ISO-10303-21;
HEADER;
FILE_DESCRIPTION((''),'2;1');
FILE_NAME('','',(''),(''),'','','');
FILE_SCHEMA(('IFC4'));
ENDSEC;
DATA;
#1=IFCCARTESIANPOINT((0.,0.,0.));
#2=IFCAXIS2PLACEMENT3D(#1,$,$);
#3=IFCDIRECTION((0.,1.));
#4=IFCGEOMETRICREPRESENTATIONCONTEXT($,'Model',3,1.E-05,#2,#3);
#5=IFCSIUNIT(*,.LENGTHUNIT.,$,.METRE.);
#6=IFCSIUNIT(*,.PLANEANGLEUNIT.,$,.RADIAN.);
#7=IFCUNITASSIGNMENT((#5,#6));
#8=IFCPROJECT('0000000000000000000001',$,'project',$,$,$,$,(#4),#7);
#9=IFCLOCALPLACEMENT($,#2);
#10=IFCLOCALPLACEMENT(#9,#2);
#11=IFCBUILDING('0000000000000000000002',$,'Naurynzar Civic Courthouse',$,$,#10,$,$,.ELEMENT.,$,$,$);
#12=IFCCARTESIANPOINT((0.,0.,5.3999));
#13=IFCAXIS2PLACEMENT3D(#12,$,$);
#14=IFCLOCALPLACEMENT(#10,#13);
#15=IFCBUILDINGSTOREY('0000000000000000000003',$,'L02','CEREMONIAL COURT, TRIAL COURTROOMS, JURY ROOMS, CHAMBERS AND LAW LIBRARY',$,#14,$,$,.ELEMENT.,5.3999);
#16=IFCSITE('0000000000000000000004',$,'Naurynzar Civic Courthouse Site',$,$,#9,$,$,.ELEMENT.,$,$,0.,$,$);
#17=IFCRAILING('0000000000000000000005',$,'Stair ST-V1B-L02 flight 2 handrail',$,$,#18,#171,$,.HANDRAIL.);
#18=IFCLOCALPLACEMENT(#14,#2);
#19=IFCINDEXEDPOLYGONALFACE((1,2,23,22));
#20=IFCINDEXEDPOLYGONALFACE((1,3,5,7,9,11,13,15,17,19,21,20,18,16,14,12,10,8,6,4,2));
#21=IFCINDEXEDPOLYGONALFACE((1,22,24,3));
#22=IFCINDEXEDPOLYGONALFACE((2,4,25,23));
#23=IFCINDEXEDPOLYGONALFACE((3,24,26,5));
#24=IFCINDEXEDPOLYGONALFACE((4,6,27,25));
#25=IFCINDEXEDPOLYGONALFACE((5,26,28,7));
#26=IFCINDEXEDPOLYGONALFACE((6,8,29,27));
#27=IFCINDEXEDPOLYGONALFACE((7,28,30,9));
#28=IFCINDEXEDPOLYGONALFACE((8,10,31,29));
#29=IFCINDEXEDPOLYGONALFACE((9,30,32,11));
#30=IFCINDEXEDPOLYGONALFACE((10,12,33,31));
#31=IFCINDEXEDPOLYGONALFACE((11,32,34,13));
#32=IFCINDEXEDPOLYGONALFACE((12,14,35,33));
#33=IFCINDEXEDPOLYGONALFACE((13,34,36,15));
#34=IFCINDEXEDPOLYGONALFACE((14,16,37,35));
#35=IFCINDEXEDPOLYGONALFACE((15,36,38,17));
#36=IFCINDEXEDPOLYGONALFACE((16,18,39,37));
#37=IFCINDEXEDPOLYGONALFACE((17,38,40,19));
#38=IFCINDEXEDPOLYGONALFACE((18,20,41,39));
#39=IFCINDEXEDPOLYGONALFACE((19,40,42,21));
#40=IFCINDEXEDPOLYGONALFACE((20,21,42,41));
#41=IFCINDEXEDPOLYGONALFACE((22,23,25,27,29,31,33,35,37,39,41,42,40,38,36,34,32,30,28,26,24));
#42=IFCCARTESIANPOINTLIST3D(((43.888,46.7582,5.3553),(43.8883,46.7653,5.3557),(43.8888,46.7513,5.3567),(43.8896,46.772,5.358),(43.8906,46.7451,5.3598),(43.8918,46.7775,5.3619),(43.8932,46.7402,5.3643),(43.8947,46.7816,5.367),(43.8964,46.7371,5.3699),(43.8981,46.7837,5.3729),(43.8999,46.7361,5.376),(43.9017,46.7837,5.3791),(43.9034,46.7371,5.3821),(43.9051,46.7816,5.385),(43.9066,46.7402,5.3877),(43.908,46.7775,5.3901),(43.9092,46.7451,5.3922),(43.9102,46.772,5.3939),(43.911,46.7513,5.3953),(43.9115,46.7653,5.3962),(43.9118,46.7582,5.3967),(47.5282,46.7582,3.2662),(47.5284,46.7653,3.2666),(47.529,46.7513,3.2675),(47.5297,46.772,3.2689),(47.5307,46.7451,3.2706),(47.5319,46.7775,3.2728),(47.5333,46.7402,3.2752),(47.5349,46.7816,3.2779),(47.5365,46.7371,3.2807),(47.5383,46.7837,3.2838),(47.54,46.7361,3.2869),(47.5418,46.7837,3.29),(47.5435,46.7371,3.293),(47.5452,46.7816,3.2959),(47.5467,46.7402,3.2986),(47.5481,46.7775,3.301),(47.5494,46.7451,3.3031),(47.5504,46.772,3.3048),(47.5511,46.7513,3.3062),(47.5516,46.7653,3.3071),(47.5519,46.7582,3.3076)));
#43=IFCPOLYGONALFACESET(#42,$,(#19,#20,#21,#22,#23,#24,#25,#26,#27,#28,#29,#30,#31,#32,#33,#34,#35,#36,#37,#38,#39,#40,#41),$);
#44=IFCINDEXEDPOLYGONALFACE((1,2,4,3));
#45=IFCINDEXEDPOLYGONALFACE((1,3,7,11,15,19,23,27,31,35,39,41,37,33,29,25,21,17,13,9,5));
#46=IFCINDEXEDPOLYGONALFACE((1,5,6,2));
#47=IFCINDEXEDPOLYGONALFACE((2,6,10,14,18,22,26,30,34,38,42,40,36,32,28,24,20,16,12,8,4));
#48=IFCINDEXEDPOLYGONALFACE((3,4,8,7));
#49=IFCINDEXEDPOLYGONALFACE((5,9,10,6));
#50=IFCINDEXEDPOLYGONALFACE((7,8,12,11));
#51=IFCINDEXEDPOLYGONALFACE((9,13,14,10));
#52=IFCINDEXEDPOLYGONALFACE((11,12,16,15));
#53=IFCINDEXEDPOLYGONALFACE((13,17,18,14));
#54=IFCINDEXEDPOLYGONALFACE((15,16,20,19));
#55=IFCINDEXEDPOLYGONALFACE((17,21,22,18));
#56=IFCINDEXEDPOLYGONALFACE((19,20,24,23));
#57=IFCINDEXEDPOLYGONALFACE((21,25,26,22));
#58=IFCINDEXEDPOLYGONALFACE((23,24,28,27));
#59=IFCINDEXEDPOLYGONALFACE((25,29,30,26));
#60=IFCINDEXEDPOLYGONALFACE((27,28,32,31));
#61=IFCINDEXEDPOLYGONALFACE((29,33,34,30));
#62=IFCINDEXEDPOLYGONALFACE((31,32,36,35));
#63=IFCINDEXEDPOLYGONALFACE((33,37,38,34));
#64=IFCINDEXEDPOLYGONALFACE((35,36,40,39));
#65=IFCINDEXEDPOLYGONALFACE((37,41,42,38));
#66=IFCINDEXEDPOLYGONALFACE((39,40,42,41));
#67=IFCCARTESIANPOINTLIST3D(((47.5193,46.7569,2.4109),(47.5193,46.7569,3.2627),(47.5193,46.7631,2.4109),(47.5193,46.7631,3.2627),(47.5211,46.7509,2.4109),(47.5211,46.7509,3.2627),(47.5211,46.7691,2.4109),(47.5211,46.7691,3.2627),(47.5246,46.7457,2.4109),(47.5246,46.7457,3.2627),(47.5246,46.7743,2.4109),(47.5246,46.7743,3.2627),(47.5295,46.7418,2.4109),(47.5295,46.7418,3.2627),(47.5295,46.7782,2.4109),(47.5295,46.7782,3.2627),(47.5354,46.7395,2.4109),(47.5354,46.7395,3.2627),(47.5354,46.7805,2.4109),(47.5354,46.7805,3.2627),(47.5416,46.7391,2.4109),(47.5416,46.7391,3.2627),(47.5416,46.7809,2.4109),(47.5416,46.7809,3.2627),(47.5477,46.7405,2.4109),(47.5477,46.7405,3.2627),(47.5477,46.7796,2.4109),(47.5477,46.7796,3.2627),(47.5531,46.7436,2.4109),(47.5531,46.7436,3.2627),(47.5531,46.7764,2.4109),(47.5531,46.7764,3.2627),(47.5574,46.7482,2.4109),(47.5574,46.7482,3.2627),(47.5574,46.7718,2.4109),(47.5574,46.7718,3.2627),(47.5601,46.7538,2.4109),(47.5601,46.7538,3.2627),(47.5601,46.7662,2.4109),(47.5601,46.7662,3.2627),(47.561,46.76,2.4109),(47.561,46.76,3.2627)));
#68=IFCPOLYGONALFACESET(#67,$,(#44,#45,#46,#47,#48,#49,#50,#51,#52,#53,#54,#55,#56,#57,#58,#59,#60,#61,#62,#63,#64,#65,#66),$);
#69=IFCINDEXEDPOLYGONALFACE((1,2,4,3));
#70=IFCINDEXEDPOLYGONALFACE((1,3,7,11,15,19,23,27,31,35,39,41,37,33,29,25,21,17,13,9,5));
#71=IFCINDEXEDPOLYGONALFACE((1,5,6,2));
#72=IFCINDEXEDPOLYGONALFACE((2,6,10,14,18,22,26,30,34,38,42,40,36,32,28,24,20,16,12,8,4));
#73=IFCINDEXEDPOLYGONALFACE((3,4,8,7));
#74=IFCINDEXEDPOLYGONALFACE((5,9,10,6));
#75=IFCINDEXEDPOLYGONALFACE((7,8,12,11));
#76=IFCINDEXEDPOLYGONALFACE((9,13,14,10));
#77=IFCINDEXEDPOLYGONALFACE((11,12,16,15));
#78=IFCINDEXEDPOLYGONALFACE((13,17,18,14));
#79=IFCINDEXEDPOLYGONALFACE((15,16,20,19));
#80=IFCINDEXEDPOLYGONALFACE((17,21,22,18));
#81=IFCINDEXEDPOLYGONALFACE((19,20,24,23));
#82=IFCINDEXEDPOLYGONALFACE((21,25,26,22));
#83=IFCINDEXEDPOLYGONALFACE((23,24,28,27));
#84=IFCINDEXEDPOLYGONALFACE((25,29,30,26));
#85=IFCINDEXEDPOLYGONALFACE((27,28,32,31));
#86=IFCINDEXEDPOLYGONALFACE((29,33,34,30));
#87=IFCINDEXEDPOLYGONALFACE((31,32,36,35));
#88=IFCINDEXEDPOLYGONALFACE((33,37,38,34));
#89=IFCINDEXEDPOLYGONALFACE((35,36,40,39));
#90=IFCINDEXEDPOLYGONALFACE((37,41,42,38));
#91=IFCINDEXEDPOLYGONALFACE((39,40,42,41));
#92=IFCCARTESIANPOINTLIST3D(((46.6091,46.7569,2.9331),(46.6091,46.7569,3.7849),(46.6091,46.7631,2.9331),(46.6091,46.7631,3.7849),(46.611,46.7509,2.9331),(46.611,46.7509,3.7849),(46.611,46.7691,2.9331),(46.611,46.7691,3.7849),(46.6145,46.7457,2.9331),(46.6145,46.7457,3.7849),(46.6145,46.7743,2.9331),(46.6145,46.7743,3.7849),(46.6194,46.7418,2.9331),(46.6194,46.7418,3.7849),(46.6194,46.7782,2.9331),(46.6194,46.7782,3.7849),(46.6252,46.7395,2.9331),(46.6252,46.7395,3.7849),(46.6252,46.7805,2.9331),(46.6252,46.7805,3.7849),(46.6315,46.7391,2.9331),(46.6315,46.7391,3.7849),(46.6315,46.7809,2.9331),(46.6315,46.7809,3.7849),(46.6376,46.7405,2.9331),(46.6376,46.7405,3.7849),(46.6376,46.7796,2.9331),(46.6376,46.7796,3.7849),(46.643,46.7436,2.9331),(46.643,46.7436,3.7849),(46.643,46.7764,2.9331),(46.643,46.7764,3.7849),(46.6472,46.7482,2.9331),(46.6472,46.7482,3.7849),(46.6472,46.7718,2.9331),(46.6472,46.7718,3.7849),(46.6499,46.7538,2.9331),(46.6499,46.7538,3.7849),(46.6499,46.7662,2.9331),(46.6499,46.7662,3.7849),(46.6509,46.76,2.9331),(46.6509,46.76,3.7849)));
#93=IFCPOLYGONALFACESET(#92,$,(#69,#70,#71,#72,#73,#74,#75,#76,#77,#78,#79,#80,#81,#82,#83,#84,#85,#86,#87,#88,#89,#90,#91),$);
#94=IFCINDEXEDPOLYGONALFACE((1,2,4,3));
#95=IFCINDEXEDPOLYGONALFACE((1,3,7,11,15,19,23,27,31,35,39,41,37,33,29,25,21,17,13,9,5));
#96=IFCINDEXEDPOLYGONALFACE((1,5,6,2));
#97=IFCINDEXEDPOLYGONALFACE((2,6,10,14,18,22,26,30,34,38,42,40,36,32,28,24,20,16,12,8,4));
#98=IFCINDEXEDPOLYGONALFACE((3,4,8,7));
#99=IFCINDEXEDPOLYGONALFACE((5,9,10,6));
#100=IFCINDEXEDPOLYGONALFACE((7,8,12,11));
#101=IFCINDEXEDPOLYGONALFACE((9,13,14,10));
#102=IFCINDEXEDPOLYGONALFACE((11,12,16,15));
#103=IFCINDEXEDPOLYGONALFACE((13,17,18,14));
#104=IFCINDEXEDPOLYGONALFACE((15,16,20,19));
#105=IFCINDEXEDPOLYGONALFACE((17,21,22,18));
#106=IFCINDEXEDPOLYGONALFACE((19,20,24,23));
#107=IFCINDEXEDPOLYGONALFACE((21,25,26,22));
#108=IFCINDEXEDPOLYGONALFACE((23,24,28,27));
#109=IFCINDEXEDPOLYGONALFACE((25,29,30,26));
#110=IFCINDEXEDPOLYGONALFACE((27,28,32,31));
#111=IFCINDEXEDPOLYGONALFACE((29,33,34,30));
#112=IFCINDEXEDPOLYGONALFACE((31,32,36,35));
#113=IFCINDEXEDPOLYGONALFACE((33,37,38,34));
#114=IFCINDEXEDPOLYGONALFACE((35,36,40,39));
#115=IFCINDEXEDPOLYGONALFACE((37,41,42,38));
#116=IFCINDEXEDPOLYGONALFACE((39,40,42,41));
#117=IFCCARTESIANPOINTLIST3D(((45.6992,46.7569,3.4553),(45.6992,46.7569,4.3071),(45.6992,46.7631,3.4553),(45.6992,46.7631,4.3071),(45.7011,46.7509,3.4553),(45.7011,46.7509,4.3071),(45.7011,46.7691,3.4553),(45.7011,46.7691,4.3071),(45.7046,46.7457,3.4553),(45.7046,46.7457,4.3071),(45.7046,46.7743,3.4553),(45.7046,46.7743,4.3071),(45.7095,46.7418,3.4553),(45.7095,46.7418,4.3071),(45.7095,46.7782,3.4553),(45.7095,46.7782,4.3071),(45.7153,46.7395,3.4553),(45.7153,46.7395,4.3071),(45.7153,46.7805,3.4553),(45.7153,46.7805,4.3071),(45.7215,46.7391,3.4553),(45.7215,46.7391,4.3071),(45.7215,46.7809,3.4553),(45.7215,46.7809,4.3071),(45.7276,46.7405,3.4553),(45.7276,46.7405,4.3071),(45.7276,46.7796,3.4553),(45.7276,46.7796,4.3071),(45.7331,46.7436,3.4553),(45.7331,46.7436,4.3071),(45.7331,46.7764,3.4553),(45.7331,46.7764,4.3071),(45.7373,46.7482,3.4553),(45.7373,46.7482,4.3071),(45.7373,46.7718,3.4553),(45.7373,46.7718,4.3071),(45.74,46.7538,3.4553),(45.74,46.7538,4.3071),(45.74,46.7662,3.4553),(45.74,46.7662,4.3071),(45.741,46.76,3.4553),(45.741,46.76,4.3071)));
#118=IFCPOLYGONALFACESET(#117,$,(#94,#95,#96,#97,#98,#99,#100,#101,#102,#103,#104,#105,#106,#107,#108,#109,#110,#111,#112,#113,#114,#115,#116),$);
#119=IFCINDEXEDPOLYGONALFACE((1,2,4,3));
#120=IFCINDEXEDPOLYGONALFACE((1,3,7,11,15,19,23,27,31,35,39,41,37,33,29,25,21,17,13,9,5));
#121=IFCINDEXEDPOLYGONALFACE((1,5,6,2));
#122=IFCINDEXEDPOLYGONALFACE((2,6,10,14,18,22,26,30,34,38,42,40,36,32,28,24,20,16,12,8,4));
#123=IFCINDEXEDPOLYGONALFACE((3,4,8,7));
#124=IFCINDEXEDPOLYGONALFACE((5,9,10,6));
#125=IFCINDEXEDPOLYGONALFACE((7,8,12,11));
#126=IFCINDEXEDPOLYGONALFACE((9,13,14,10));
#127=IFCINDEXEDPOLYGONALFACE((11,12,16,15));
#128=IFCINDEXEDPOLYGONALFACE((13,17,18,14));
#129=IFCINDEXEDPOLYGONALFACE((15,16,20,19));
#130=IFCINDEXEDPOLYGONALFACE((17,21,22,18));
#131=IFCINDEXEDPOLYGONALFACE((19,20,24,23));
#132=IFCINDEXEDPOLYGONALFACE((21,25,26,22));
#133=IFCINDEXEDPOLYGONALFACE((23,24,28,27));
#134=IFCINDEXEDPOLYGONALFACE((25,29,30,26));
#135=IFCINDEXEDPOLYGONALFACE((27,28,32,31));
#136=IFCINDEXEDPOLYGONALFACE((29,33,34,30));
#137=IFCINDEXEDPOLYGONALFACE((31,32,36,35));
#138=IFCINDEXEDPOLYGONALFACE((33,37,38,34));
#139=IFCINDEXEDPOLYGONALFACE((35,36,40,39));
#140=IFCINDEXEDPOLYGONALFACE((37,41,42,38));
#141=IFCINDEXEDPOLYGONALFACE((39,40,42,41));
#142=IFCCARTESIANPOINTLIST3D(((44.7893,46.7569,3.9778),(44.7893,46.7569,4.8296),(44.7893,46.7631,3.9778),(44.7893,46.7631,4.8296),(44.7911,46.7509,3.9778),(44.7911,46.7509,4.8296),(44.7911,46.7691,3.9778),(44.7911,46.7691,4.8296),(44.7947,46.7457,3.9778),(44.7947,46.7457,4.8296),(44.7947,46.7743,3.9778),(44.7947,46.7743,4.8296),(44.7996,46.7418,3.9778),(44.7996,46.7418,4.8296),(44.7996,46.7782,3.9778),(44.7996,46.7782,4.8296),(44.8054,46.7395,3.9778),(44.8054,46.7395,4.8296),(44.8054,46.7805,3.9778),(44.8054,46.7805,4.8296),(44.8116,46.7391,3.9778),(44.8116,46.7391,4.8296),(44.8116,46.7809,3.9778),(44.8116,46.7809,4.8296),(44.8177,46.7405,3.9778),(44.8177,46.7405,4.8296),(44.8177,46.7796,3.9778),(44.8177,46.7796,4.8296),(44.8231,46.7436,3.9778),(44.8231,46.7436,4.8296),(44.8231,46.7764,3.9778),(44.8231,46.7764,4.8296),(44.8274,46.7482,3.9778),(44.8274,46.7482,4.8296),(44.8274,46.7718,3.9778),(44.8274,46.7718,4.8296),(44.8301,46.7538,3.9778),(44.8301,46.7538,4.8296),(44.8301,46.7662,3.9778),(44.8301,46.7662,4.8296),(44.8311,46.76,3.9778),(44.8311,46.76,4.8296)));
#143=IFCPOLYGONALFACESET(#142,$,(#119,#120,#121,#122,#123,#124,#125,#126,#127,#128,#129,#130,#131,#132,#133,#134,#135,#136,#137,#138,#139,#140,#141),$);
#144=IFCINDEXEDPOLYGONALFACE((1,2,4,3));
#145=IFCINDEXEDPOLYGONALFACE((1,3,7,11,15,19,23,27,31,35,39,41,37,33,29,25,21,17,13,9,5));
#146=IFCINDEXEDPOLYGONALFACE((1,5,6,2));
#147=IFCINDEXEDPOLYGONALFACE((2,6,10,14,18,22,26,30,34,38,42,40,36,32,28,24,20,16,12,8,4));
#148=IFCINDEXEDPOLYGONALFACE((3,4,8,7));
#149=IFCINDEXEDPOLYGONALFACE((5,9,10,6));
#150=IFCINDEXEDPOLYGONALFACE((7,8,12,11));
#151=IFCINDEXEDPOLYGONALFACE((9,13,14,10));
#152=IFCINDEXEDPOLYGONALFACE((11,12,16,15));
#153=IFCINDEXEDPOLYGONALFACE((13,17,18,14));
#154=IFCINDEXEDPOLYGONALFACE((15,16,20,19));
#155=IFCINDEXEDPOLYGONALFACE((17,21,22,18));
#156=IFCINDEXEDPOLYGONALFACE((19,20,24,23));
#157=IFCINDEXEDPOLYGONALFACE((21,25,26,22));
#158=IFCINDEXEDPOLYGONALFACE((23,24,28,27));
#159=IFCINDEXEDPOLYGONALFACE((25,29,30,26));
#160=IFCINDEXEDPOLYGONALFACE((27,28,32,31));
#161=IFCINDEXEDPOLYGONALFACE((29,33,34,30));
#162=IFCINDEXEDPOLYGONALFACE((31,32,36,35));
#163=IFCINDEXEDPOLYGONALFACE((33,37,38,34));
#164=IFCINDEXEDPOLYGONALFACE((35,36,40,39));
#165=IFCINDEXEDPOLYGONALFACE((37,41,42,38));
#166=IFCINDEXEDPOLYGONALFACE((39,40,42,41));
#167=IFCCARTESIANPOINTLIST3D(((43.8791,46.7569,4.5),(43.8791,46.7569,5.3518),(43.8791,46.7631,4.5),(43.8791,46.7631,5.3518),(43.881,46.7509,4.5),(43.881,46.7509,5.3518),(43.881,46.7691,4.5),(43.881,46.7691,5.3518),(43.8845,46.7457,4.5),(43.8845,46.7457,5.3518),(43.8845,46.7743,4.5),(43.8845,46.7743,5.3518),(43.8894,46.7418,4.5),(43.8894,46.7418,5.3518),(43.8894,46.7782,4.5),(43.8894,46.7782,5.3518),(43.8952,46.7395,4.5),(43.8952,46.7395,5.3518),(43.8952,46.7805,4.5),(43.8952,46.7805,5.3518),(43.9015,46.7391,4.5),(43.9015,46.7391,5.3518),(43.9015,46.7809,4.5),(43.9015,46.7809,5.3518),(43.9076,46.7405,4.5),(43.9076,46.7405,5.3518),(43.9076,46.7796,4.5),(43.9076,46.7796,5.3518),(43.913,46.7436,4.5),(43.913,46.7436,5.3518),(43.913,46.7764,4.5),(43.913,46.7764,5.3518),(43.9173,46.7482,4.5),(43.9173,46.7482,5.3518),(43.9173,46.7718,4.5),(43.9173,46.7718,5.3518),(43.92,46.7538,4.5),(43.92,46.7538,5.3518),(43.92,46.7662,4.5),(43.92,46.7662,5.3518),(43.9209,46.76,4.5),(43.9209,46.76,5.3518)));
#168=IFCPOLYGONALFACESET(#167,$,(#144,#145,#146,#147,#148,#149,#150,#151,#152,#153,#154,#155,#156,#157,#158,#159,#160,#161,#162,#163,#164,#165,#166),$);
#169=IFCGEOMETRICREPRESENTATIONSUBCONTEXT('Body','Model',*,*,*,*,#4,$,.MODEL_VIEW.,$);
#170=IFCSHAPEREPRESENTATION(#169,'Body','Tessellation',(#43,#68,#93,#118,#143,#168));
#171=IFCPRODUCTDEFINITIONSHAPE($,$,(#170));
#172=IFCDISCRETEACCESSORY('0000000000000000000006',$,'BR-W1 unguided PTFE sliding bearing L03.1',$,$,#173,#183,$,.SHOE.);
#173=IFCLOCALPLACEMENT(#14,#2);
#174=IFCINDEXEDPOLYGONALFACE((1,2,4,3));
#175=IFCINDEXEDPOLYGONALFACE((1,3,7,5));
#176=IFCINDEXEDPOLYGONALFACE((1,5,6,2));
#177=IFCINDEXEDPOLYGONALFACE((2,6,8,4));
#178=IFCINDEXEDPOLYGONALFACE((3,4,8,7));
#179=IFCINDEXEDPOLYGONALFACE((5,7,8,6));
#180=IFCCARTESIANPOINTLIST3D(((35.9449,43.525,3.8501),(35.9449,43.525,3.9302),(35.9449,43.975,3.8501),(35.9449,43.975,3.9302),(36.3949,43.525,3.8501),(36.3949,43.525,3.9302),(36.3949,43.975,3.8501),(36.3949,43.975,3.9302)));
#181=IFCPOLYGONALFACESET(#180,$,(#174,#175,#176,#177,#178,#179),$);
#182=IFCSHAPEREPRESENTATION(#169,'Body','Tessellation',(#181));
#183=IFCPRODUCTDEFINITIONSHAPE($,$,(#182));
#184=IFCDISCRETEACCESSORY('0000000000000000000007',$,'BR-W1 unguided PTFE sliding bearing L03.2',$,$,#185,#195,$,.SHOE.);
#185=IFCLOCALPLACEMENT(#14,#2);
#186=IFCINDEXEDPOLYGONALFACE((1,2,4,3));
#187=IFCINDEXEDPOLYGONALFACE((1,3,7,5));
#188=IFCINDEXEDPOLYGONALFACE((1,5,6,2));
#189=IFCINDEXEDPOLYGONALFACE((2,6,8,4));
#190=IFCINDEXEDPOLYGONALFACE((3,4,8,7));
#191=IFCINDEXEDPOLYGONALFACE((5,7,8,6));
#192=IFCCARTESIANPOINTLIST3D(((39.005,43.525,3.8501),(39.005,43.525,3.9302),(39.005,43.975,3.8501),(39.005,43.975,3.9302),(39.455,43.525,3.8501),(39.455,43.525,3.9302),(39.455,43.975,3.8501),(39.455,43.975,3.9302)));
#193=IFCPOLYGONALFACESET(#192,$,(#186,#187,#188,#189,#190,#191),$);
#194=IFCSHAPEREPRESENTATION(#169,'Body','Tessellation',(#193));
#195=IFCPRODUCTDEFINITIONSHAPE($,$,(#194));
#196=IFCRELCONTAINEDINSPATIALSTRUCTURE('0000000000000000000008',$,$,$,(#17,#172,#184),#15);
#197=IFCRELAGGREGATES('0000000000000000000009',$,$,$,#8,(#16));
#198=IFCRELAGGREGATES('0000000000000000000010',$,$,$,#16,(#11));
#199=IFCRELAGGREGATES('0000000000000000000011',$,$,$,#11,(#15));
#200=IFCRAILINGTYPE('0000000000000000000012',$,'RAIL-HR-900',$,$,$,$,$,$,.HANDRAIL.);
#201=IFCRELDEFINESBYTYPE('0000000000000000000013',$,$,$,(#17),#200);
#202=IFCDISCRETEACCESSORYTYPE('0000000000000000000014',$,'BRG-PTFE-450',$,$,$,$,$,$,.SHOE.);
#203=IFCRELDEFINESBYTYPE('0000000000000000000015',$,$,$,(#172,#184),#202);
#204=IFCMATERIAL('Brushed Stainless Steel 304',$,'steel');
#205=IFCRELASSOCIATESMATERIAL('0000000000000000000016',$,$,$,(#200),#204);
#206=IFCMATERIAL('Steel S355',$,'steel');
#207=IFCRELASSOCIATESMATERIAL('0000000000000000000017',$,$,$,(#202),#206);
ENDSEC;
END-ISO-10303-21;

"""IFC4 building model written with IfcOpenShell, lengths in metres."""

from ifc_helpers import new_model, si_unit, direction, frame, origin, origin_2d, place, context, subcontext, project, spatial, rectangle, circle, extrude, material, type_object, element, save


model = new_model("IFC4")

# Units and contexts
model_context = context("Model", 3, precision=1e-05, world=origin(), true_north=direction((0.0, 1.0)))
body_context = subcontext(model_context, "Body", "Model", "MODEL_VIEW")
ifc_project = project(units=[si_unit("LENGTHUNIT", "METRE"), si_unit("PLANEANGLEUNIT", "RADIAN")], contexts=[model_context])

# Site, building, storey
site_placement = place(None, origin())
site = spatial("IfcSite", under=ifc_project, at=site_placement, Name="Naurynzar Civic Courthouse Site", CompositionType="ELEMENT", RefElevation=0.0)
building_placement = place(site_placement, origin())
building = spatial("IfcBuilding", under=site, at=building_placement, Name="Naurynzar Civic Courthouse", CompositionType="ELEMENT")
storey_placement = place(building_placement, frame((0.0, 0.0, 5.3999)))
storey = spatial("IfcBuildingStorey", under=building, at=storey_placement, Name="L02", Description="CEREMONIAL COURT, TRIAL COURTROOMS, JURY ROOMS, CHAMBERS AND LAW LIBRARY", CompositionType="ELEMENT", Elevation=5.3999)

# Railing
ifc_material_1 = material(Name="Brushed Stainless Steel 304", Category="steel")
railing_type_1 = type_object("IfcRailingType", Name="RAIL-HR-900", PredefinedType="HANDRAIL", material=ifc_material_1)
railing_1_placement = place(storey_placement, frame((47.54, 46.76, 2.4109)))
element("IfcRailing", 1, at=railing_1_placement, inside=storey, type_object=railing_type_1, Name="Stair ST-V1B-L02 flight 2 handrail", PredefinedType="HANDRAIL", context=body_context, shape_type="SweptSolid", body=[
    extrude(circle(Radius=0.0239, at=origin_2d()), frame((0.0, 0.0, 0.876), z_axis=(-0.867314, 0.0, 0.497761), x_axis=(0.0, -1.0, 0.0)), (0.0, 0.0, 1.0), 4.197),
    extrude(circle(Radius=0.021, at=origin_2d()), origin(), (0.0, 0.0, 1.0), 0.8518),
    extrude(circle(Radius=0.021, at=origin_2d()), frame((-0.9102, 0.0, 0.5222)), (0.0, 0.0, 1.0), 0.8518),
    extrude(circle(Radius=0.021, at=origin_2d()), frame((-1.8201, 0.0, 1.0444)), (0.0, 0.0, 1.0), 0.8518),
    extrude(circle(Radius=0.021, at=origin_2d()), frame((-2.73, 0.0, 1.5669)), (0.0, 0.0, 1.0), 0.8518),
    extrude(circle(Radius=0.021, at=origin_2d()), frame((-3.6401, 0.0, 2.0891)), (0.0, 0.0, 1.0), 0.8518),
])

# Discrete accessories
ifc_material_2 = material(Name="Steel S355", Category="steel")
discrete_accessory_type = type_object("IfcDiscreteAccessoryType", Name="BRG-PTFE-450", PredefinedType="SHOE", material=ifc_material_2)
for number, where, z_axis, x_axis, name in (
    (2, (36.1699, 43.75, 3.8501), (0.0, 0.0, 1.0), (1.0, 0.0, 0.0), "BR-W1 unguided PTFE sliding bearing L03.1"),
    (3, (39.23, 43.75, 3.8501), (0.0, 0.0, 1.0), (1.0, 0.0, 0.0), "BR-W1 unguided PTFE sliding bearing L03.2"),
):
    element("IfcDiscreteAccessory", number, at=place(storey_placement, frame(where, z_axis=z_axis, x_axis=x_axis)), inside=storey, type_object=discrete_accessory_type, Name=name, PredefinedType="SHOE", context=body_context, shape_type="SweptSolid", body=[
        extrude(rectangle(XDim=0.45, YDim=0.45, at=origin_2d()), origin(), (0.0, 0.0, 1.0), 0.0801),
    ])

save(model, "model.ifc")
